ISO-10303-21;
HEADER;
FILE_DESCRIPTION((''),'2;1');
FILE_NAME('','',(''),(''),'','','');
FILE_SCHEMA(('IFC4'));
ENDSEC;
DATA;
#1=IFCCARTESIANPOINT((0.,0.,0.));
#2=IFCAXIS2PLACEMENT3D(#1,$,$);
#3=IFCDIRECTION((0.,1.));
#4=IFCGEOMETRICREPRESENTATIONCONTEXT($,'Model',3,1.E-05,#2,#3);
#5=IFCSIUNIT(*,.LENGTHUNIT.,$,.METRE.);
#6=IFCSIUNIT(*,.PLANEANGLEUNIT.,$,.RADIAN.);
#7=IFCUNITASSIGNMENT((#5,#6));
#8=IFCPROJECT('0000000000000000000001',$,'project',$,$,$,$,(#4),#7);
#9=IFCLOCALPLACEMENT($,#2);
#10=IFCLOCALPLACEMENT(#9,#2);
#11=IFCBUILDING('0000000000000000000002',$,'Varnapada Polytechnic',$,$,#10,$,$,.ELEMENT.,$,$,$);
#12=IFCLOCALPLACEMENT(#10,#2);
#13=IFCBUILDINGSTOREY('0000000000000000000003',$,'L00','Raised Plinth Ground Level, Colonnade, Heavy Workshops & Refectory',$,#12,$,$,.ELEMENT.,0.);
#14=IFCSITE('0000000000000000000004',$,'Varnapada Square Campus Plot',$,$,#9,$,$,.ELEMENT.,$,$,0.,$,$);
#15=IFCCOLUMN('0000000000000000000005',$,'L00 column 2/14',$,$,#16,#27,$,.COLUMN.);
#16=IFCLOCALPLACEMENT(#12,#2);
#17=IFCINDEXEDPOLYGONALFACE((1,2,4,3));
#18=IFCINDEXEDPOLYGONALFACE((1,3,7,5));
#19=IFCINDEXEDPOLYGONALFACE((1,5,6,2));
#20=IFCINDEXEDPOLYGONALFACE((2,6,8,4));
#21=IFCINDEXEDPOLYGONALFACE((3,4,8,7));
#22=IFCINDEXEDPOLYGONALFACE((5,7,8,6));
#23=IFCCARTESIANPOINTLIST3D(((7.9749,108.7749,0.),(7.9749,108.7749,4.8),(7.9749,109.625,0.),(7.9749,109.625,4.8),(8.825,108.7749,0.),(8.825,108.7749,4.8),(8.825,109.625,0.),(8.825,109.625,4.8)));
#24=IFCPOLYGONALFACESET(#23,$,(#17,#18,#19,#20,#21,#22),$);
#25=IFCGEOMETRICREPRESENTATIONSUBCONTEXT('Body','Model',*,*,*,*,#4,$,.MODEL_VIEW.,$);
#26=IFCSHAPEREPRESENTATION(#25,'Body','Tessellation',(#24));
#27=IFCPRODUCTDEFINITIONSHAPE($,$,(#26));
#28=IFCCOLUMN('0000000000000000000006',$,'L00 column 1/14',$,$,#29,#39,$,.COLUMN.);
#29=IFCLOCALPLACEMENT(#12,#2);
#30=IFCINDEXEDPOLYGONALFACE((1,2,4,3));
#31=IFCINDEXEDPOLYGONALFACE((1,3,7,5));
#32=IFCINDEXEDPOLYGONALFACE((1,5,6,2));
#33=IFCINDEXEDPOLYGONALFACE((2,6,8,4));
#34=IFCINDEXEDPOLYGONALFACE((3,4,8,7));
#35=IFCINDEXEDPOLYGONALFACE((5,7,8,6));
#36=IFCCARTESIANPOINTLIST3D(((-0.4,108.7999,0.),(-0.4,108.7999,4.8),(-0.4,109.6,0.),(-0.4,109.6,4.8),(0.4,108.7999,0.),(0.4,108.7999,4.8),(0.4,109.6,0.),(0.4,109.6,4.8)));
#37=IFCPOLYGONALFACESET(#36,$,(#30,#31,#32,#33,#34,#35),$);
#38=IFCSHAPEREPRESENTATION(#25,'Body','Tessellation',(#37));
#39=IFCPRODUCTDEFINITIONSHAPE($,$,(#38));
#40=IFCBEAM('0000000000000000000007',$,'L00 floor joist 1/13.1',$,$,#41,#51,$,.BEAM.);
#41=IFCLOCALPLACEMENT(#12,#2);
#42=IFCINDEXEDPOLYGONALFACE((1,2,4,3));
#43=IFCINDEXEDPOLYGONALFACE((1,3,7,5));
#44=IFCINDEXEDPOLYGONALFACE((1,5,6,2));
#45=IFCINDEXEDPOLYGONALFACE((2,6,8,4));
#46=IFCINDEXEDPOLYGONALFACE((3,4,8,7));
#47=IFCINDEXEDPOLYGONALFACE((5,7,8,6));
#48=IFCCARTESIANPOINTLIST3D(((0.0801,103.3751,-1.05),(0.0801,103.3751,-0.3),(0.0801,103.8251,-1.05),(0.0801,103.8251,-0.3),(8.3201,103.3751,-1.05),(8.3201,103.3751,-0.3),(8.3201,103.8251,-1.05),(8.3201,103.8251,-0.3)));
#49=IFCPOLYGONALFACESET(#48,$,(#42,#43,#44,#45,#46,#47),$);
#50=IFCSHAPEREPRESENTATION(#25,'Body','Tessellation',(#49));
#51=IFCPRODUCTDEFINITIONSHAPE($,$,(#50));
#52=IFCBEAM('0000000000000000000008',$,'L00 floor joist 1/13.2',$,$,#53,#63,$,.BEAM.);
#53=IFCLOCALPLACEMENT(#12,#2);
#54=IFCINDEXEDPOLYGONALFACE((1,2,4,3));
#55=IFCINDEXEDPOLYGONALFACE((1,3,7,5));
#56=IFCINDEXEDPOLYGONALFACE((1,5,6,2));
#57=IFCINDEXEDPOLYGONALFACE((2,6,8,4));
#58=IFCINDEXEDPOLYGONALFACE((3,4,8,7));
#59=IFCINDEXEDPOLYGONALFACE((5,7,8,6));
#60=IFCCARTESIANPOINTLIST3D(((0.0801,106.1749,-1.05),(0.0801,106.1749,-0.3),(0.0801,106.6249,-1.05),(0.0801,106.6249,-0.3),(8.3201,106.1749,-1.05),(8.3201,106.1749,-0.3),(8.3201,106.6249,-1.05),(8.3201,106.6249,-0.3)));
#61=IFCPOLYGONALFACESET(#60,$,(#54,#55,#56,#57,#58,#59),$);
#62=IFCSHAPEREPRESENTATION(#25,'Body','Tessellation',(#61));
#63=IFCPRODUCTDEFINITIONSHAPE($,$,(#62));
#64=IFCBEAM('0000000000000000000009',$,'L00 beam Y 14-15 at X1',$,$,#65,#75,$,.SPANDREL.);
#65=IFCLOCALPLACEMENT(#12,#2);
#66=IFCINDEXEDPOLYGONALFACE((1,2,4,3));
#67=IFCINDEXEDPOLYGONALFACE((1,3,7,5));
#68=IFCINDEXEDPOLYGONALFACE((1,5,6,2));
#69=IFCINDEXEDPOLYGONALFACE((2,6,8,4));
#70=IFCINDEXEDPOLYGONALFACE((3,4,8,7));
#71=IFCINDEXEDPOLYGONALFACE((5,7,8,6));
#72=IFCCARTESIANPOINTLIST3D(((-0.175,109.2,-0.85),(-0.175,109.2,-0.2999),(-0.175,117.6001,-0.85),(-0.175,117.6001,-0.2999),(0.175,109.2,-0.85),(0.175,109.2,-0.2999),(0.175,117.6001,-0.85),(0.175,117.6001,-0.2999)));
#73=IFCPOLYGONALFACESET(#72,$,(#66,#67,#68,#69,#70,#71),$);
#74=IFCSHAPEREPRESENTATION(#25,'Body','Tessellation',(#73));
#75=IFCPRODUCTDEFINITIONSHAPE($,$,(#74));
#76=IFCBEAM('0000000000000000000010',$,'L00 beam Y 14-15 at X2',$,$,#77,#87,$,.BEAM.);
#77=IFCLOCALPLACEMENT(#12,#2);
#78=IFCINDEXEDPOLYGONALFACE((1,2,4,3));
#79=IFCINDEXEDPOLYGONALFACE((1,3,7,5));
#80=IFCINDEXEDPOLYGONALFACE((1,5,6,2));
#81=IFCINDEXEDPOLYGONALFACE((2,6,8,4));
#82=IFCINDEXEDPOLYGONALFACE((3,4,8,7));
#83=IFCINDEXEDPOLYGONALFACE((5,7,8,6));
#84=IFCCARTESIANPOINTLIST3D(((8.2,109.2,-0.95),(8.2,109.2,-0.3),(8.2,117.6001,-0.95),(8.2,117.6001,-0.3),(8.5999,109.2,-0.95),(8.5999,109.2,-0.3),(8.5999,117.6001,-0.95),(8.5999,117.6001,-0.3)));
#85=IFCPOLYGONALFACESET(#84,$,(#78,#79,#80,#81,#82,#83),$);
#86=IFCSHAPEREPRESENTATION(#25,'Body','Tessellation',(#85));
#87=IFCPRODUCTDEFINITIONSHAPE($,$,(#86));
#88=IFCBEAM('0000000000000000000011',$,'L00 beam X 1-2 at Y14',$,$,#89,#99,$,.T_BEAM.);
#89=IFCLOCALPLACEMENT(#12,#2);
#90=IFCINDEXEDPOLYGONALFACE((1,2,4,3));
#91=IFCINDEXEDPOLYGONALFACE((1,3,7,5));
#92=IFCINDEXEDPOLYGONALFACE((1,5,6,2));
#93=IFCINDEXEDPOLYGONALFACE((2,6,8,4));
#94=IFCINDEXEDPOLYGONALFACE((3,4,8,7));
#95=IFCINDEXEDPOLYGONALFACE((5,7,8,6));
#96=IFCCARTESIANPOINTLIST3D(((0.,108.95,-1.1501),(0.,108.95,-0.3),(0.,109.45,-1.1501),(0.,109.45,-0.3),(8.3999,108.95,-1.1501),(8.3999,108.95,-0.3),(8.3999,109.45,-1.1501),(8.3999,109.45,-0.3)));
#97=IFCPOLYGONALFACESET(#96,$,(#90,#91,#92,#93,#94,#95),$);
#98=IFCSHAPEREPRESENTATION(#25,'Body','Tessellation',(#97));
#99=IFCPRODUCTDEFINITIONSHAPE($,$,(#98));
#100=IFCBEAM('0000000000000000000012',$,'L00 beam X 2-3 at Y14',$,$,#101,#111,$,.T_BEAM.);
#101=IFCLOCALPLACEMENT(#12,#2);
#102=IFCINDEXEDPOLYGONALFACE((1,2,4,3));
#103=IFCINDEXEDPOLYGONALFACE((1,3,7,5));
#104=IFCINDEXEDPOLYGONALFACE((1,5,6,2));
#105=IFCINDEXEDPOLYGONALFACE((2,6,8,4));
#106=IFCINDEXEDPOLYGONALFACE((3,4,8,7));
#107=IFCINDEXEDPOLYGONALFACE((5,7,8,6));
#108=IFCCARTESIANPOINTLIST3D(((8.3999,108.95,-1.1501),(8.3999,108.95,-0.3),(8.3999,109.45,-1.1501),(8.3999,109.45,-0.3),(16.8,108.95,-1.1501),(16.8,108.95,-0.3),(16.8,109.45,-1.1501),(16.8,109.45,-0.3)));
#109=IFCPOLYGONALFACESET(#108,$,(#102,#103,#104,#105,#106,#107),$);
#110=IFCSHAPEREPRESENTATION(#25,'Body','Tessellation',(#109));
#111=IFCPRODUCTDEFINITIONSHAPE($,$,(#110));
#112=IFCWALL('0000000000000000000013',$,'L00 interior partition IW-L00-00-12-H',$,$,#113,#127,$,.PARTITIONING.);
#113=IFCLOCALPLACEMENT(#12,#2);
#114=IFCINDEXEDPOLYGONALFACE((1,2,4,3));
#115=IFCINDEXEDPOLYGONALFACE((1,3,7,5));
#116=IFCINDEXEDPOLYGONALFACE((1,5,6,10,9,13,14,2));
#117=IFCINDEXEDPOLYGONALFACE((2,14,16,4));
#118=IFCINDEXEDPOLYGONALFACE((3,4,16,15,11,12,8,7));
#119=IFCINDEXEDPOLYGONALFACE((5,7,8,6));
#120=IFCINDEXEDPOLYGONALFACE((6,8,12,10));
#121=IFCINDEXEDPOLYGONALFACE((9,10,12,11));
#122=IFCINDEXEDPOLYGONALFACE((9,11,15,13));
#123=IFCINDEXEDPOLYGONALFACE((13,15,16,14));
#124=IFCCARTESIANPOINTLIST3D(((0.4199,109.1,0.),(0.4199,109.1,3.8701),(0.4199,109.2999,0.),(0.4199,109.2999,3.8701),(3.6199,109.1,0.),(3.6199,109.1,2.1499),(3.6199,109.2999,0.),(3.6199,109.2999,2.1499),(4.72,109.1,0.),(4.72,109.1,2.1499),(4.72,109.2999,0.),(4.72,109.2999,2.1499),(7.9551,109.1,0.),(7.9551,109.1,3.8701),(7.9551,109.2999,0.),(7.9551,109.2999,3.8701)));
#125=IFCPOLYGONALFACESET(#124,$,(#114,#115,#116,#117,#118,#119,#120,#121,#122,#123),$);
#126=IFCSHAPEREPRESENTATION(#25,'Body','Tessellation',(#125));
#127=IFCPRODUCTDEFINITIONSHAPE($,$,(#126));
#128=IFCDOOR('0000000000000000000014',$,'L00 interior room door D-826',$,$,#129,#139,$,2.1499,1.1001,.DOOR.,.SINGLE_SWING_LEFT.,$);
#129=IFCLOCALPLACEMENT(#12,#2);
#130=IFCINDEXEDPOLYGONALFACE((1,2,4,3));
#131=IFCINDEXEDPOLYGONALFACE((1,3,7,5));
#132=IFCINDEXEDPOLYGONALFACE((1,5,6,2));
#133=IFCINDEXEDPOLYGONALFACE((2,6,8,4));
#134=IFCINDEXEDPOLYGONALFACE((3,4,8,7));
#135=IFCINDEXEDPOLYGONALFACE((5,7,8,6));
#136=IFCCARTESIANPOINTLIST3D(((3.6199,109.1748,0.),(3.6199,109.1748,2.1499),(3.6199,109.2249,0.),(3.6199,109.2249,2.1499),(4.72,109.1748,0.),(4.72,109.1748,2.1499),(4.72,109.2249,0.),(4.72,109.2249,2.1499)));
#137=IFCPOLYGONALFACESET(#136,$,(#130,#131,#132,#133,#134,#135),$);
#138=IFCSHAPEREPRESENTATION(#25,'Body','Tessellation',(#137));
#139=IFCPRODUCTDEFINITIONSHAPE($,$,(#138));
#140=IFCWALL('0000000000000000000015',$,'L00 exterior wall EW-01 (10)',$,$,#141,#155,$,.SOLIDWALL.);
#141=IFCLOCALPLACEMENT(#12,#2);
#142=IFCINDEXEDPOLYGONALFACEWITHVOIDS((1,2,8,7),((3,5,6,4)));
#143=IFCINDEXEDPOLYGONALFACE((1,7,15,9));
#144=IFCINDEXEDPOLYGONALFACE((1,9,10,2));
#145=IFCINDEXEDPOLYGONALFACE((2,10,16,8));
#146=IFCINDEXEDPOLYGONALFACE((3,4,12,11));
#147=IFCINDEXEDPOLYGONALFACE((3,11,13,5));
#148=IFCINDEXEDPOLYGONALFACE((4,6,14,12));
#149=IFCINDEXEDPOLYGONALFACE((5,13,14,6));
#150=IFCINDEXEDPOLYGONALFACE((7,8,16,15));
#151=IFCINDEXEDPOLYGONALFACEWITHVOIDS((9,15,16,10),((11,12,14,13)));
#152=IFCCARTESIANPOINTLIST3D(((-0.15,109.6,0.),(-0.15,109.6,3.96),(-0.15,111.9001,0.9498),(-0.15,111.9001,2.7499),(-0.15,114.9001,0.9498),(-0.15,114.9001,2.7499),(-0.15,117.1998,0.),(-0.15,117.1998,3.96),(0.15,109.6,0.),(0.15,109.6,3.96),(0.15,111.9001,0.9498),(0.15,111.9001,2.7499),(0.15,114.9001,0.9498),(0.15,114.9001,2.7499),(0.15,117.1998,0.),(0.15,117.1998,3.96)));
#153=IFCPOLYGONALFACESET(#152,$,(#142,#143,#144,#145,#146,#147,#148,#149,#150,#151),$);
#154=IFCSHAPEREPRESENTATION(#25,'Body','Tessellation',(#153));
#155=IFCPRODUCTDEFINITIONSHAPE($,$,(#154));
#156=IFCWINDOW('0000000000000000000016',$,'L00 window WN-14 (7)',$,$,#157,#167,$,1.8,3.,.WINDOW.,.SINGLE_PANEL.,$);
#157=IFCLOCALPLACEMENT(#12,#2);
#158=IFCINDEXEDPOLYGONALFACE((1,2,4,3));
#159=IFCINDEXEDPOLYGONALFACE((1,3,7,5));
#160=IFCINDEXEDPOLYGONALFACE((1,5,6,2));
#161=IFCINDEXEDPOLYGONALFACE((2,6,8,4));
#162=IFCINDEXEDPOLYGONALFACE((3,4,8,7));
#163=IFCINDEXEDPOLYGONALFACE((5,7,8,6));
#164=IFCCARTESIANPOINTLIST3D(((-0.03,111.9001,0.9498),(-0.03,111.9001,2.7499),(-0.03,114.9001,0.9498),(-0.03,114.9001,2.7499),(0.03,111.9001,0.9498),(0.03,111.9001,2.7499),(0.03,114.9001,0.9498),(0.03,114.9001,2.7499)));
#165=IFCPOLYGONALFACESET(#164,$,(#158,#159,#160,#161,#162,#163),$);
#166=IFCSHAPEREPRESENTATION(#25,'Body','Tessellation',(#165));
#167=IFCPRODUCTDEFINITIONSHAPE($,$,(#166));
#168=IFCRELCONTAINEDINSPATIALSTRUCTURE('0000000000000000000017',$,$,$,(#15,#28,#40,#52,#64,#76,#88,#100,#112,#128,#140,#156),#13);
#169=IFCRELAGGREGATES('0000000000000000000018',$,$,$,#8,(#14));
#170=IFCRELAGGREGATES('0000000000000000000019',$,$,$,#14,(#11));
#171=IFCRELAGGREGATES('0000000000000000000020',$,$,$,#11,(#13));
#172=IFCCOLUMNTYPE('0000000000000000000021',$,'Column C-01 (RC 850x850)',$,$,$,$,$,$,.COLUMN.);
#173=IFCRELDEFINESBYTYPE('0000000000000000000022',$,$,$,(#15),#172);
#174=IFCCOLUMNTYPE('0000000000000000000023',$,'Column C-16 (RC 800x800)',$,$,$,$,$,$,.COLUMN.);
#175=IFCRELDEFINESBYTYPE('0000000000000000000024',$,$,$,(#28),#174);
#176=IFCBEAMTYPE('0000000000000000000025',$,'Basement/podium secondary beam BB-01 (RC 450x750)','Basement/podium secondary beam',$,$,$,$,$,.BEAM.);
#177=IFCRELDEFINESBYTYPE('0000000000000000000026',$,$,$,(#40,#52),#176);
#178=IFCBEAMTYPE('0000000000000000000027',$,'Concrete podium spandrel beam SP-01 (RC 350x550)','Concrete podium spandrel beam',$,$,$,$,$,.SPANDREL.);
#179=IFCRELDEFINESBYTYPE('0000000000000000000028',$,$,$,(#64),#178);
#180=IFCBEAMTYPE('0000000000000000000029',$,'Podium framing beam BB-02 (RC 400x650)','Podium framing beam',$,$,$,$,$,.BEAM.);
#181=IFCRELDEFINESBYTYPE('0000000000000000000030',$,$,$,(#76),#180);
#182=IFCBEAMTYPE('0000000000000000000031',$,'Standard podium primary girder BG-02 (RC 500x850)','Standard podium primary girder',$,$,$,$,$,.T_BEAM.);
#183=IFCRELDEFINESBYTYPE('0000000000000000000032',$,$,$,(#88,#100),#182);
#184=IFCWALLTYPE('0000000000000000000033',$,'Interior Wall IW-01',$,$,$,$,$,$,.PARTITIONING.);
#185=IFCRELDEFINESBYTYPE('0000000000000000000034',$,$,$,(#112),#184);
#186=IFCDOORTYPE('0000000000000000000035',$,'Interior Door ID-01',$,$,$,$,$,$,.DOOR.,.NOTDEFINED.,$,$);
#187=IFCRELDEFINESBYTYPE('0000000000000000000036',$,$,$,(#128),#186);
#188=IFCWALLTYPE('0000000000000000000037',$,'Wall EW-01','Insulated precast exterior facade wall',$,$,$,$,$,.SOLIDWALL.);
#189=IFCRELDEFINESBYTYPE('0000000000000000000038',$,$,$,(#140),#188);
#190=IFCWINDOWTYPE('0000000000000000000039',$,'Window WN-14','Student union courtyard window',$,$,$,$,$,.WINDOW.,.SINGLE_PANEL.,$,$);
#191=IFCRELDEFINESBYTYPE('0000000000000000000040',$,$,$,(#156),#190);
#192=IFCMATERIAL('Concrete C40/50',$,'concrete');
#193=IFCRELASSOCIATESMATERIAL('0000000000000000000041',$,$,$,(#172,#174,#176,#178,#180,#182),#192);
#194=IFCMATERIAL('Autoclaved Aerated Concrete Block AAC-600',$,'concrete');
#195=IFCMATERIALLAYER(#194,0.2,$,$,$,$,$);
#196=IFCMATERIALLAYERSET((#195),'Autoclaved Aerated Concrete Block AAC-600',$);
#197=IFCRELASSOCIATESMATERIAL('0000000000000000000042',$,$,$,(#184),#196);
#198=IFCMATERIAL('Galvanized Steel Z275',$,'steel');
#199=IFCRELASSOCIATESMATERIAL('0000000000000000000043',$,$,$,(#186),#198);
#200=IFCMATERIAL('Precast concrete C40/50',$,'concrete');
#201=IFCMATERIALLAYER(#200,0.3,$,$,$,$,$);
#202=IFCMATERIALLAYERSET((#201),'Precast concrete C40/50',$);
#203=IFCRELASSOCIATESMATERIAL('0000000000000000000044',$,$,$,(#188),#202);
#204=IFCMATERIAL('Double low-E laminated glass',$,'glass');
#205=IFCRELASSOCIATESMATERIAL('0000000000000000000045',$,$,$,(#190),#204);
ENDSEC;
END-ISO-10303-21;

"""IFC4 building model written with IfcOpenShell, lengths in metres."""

from ifc_helpers import new_model, si_unit, direction, frame, frame_2d, origin, origin_2d, place, context, subcontext, project, spatial, rectangle, extrude, material, layer, layer_set, material_profile, profile_set, type_object, element, fill, save


model = new_model("IFC4")

# Units and contexts
model_context = context("Model", 3, precision=1e-05, world=origin(), true_north=direction((0.0, 1.0)))
body_context = subcontext(model_context, "Body", "Model", "MODEL_VIEW")
ifc_project = project(units=[si_unit("LENGTHUNIT", "METRE"), si_unit("PLANEANGLEUNIT", "RADIAN")], contexts=[model_context])

# Site, building, storey
site_placement = place(None, origin())
site = spatial("IfcSite", under=ifc_project, at=site_placement, Name="Varnapada Square Campus Plot", CompositionType="ELEMENT", RefElevation=0.0)
building_placement = place(site_placement, origin())
building = spatial("IfcBuilding", under=site, at=building_placement, Name="Varnapada Polytechnic", CompositionType="ELEMENT")
storey_placement = place(building_placement, origin())
storey = spatial("IfcBuildingStorey", under=building, at=storey_placement, Name="L00", Description="Raised Plinth Ground Level, Colonnade, Heavy Workshops & Refectory", CompositionType="ELEMENT", Elevation=0.0)

# Columns
ifc_material_1 = material(Name="Concrete C40/50", Category="concrete")
ifc_material_profile_1 = material_profile(ifc_material_1, rectangle(XDim=0.8501, YDim=0.8501, at=origin_2d()), Name="RC 850x850")
ifc_profile_set_1 = profile_set([ifc_material_profile_1], Name="Concrete C40/50")
column_type_1 = type_object("IfcColumnType", Name="Column C-01 (RC 850x850)", PredefinedType="COLUMN", material=ifc_profile_set_1)
column_1_placement = place(storey_placement, frame((8.3999, 109.2, 0.0), z_axis=(0.0, 0.0, 1.0), x_axis=(1.0, 0.0, 0.0)))
element("IfcColumn", 1, at=column_1_placement, inside=storey, type_object=column_type_1, Name="L00 column 2/14", PredefinedType="COLUMN", context=body_context, shape_type="SweptSolid", body=[
    extrude(rectangle(XDim=0.8501, YDim=0.8501, at=origin_2d()), origin(), (0.0, 0.0, 1.0), 4.8),
])
ifc_material_profile_2 = material_profile(ifc_material_1, rectangle(XDim=0.8, YDim=0.8, at=origin_2d()), Name="RC 800x800")
ifc_profile_set_2 = profile_set([ifc_material_profile_2], Name="Concrete C40/50")
column_type_2 = type_object("IfcColumnType", Name="Column C-16 (RC 800x800)", PredefinedType="COLUMN", material=ifc_profile_set_2)
column_2_placement = place(storey_placement, frame((0.0, 109.2, 0.0), z_axis=(0.0, 0.0, 1.0), x_axis=(1.0, 0.0, 0.0)))
element("IfcColumn", 2, at=column_2_placement, inside=storey, type_object=column_type_2, Name="L00 column 1/14", PredefinedType="COLUMN", context=body_context, shape_type="SweptSolid", body=[
    extrude(rectangle(XDim=0.8, YDim=0.8, at=origin_2d()), origin(), (0.0, 0.0, 1.0), 4.8),
])

# Beams
ifc_material_profile_3 = material_profile(ifc_material_1, rectangle(XDim=0.45, YDim=0.75, at=origin_2d()), Name="RC 450x750")
ifc_profile_set_3 = profile_set([ifc_material_profile_3], Name="Concrete C40/50")
beam_type_1 = type_object("IfcBeamType", Name="Basement/podium secondary beam BB-01 (RC 450x750)", Description="Basement/podium secondary beam", PredefinedType="BEAM", material=ifc_profile_set_3)
for number, where, z_axis, x_axis, name in (
    (3, (0.0801, 103.6001, -0.675), (1.0, 0.0, 0.0), (0.0, 1.0, 0.0), "L00 floor joist 1/13.1"),
    (4, (0.0801, 106.3999, -0.675), (1.0, 0.0, 0.0), (0.0, 1.0, 0.0), "L00 floor joist 1/13.2"),
):
    element("IfcBeam", number, at=place(storey_placement, frame(where, z_axis=z_axis, x_axis=x_axis)), inside=storey, type_object=beam_type_1, Name=name, PredefinedType="BEAM", context=body_context, shape_type="SweptSolid", body=[
        extrude(rectangle(XDim=0.45, YDim=0.75, at=origin_2d()), origin(), (0.0, 0.0, 1.0), 8.24),
    ])
ifc_material_profile_4 = material_profile(ifc_material_1, rectangle(XDim=0.3501, YDim=0.55, at=origin_2d()), Name="RC 350x550")
ifc_profile_set_4 = profile_set([ifc_material_profile_4], Name="Concrete C40/50")
beam_type_2 = type_object("IfcBeamType", Name="Concrete podium spandrel beam SP-01 (RC 350x550)", Description="Concrete podium spandrel beam", PredefinedType="SPANDREL", material=ifc_profile_set_4)
beam_1_placement = place(storey_placement, frame((0.0, 109.2, -0.575), z_axis=(0.0, 1.0, 0.0), x_axis=(-1.0, 0.0, 0.0)))
element("IfcBeam", 5, at=beam_1_placement, inside=storey, type_object=beam_type_2, Name="L00 beam Y 14-15 at X1", PredefinedType="SPANDREL", context=body_context, shape_type="SweptSolid", body=[
    extrude(rectangle(XDim=0.3501, YDim=0.55, at=origin_2d()), origin(), (0.0, 0.0, 1.0), 8.4001),
])
ifc_material_profile_5 = material_profile(ifc_material_1, rectangle(XDim=0.3999, YDim=0.6499, at=origin_2d()), Name="RC 400x650")
ifc_profile_set_5 = profile_set([ifc_material_profile_5], Name="Concrete C40/50")
beam_type_3 = type_object("IfcBeamType", Name="Podium framing beam BB-02 (RC 400x650)", Description="Podium framing beam", PredefinedType="BEAM", material=ifc_profile_set_5)
beam_2_placement = place(storey_placement, frame((8.3999, 109.2, -0.625), z_axis=(0.0, 1.0, 0.0), x_axis=(-1.0, 0.0, 0.0)))
element("IfcBeam", 6, at=beam_2_placement, inside=storey, type_object=beam_type_3, Name="L00 beam Y 14-15 at X2", PredefinedType="BEAM", context=body_context, shape_type="SweptSolid", body=[
    extrude(rectangle(XDim=0.3999, YDim=0.6499, at=origin_2d()), origin(), (0.0, 0.0, 1.0), 8.4001),
])
ifc_material_profile_6 = material_profile(ifc_material_1, rectangle(XDim=0.5, YDim=0.8501, at=origin_2d()), Name="RC 500x850")
ifc_profile_set_6 = profile_set([ifc_material_profile_6], Name="Concrete C40/50")
beam_type_4 = type_object("IfcBeamType", Name="Standard podium primary girder BG-02 (RC 500x850)", Description="Standard podium primary girder", PredefinedType="T_BEAM", material=ifc_profile_set_6)
beam_3_placement = place(storey_placement, frame((0.0, 109.2, -0.7251), z_axis=(1.0, 0.0, 0.0), x_axis=(0.0, 1.0, 0.0)))
element("IfcBeam", 7, at=beam_3_placement, inside=storey, type_object=beam_type_4, Name="L00 beam X 1-2 at Y14", PredefinedType="T_BEAM", context=body_context, shape_type="SweptSolid", body=[
    extrude(rectangle(XDim=0.5, YDim=0.8501, at=origin_2d()), origin(), (0.0, 0.0, 1.0), 8.3999),
])
beam_4_placement = place(storey_placement, frame((8.3999, 109.2, -0.7251), z_axis=(1.0, 0.0, 0.0), x_axis=(0.0, 1.0, 0.0)))
element("IfcBeam", 8, at=beam_4_placement, inside=storey, type_object=beam_type_4, Name="L00 beam X 2-3 at Y14", PredefinedType="T_BEAM", context=body_context, shape_type="SweptSolid", body=[
    extrude(rectangle(XDim=0.5, YDim=0.8501, at=origin_2d()), origin(), (0.0, 0.0, 1.0), 8.4001),
])

# Wall, opening, door
ifc_material_2 = material(Name="Autoclaved Aerated Concrete Block AAC-600", Category="concrete")
ifc_layer_1 = layer(ifc_material_2, 0.2)
ifc_layer_set_1 = layer_set([ifc_layer_1], Name="Autoclaved Aerated Concrete Block AAC-600")
wall_type_1 = type_object("IfcWallType", Name="Interior Wall IW-01", PredefinedType="PARTITIONING", material=ifc_layer_set_1)
wall_1_placement = place(storey_placement, frame((0.4199, 109.2, 0.0), z_axis=(0.0, 0.0, 1.0), x_axis=(1.0, 0.0, 0.0)))
wall_1 = element("IfcWall", 9, at=wall_1_placement, inside=storey, type_object=wall_type_1, Name="L00 interior partition IW-L00-00-12-H", PredefinedType="PARTITIONING", context=body_context, shape_type="SweptSolid", body=[
    extrude(rectangle(XDim=7.5352, YDim=0.2, at=frame_2d((3.7676, 0.0))), origin(), (0.0, 0.0, 1.0), 3.8701),
])
opening_1_placement = place(wall_1_placement, frame((3.2, 0.0, 0.0)))
opening_1 = element("IfcOpeningElement", 10, at=opening_1_placement, cuts=wall_1, PredefinedType="OPENING", context=body_context, shape_type="SweptSolid", body=[
    extrude(rectangle(XDim=1.1001, YDim=2.1499, at=frame_2d((0.55, 1.075))), frame((0.0, 0.1099, 0.0), z_axis=(0.0, -1.0, 0.0), x_axis=(1.0, 0.0, 0.0)), (0.0, 0.0, 1.0), 0.22),
])
ifc_material_3 = material(Name="Galvanized Steel Z275", Category="steel")
door_type = type_object("IfcDoorType", Name="Interior Door ID-01", OperationType="NOTDEFINED", PredefinedType="DOOR", material=ifc_material_3)
door_placement = place(opening_1_placement, origin())
door = element("IfcDoor", 11, at=door_placement, inside=storey, type_object=door_type, Name="L00 interior room door D-826", OperationType="SINGLE_SWING_LEFT", OverallHeight=2.1499, OverallWidth=1.1001, PredefinedType="DOOR", context=body_context, shape_type="SweptSolid", body=[
    extrude(rectangle(XDim=1.1001, YDim=2.1499, at=frame_2d((0.55, 1.075))), frame((0.0, 0.0249, 0.0), z_axis=(0.0, -1.0, 0.0), x_axis=(1.0, 0.0, 0.0)), (0.0, 0.0, 1.0), 0.05),
])
fill(opening_1, door)

# Wall, opening, window
ifc_material_4 = material(Name="Precast concrete C40/50", Category="concrete")
ifc_layer_2 = layer(ifc_material_4, 0.3)
ifc_layer_set_2 = layer_set([ifc_layer_2], Name="Precast concrete C40/50")
wall_type_2 = type_object("IfcWallType", Name="Wall EW-01", Description="Insulated precast exterior facade wall", PredefinedType="SOLIDWALL", material=ifc_layer_set_2)
wall_2_placement = place(storey_placement, frame((0.0, 109.6001, 0.0), z_axis=(0.0, 0.0, 1.0), x_axis=(0.0, 1.0, 0.0)))
wall_2 = element("IfcWall", 12, at=wall_2_placement, inside=storey, type_object=wall_type_2, Name="L00 exterior wall EW-01 (10)", PredefinedType="SOLIDWALL", context=body_context, shape_type="SweptSolid", body=[
    extrude(rectangle(XDim=7.5999, YDim=0.3, at=frame_2d((3.7998, 0.0))), origin(), (0.0, 0.0, 1.0), 3.96),
])
opening_2_placement = place(wall_2_placement, frame((2.3, 0.0, 0.95)))
opening_2 = element("IfcOpeningElement", 13, at=opening_2_placement, cuts=wall_2, PredefinedType="OPENING", context=body_context, shape_type="SweptSolid", body=[
    extrude(rectangle(XDim=3.0, YDim=1.8, at=frame_2d((1.5, 0.8999))), frame((0.0, 0.1599, 0.0), z_axis=(0.0, -1.0, 0.0), x_axis=(1.0, 0.0, 0.0)), (0.0, 0.0, 1.0), 0.3201),
])
ifc_material_5 = material(Name="Double low-E laminated glass", Category="glass")
window_type = type_object("IfcWindowType", Name="Window WN-14", Description="Student union courtyard window", PartitioningType="SINGLE_PANEL", PredefinedType="WINDOW", material=ifc_material_5)
window_placement = place(opening_2_placement, origin())
window = element("IfcWindow", 14, at=window_placement, inside=storey, type_object=window_type, Name="L00 window WN-14 (7)", OverallHeight=1.8, OverallWidth=3.0, PartitioningType="SINGLE_PANEL", PredefinedType="WINDOW", context=body_context, shape_type="SweptSolid", body=[
    extrude(rectangle(XDim=3.0, YDim=1.8, at=frame_2d((1.5, 0.8999))), frame((0.0, 0.03, 0.0), z_axis=(0.0, -1.0, 0.0), x_axis=(1.0, 0.0, 0.0)), (0.0, 0.0, 1.0), 0.0601),
])
fill(opening_2, window)

save(model, "model.ifc")
